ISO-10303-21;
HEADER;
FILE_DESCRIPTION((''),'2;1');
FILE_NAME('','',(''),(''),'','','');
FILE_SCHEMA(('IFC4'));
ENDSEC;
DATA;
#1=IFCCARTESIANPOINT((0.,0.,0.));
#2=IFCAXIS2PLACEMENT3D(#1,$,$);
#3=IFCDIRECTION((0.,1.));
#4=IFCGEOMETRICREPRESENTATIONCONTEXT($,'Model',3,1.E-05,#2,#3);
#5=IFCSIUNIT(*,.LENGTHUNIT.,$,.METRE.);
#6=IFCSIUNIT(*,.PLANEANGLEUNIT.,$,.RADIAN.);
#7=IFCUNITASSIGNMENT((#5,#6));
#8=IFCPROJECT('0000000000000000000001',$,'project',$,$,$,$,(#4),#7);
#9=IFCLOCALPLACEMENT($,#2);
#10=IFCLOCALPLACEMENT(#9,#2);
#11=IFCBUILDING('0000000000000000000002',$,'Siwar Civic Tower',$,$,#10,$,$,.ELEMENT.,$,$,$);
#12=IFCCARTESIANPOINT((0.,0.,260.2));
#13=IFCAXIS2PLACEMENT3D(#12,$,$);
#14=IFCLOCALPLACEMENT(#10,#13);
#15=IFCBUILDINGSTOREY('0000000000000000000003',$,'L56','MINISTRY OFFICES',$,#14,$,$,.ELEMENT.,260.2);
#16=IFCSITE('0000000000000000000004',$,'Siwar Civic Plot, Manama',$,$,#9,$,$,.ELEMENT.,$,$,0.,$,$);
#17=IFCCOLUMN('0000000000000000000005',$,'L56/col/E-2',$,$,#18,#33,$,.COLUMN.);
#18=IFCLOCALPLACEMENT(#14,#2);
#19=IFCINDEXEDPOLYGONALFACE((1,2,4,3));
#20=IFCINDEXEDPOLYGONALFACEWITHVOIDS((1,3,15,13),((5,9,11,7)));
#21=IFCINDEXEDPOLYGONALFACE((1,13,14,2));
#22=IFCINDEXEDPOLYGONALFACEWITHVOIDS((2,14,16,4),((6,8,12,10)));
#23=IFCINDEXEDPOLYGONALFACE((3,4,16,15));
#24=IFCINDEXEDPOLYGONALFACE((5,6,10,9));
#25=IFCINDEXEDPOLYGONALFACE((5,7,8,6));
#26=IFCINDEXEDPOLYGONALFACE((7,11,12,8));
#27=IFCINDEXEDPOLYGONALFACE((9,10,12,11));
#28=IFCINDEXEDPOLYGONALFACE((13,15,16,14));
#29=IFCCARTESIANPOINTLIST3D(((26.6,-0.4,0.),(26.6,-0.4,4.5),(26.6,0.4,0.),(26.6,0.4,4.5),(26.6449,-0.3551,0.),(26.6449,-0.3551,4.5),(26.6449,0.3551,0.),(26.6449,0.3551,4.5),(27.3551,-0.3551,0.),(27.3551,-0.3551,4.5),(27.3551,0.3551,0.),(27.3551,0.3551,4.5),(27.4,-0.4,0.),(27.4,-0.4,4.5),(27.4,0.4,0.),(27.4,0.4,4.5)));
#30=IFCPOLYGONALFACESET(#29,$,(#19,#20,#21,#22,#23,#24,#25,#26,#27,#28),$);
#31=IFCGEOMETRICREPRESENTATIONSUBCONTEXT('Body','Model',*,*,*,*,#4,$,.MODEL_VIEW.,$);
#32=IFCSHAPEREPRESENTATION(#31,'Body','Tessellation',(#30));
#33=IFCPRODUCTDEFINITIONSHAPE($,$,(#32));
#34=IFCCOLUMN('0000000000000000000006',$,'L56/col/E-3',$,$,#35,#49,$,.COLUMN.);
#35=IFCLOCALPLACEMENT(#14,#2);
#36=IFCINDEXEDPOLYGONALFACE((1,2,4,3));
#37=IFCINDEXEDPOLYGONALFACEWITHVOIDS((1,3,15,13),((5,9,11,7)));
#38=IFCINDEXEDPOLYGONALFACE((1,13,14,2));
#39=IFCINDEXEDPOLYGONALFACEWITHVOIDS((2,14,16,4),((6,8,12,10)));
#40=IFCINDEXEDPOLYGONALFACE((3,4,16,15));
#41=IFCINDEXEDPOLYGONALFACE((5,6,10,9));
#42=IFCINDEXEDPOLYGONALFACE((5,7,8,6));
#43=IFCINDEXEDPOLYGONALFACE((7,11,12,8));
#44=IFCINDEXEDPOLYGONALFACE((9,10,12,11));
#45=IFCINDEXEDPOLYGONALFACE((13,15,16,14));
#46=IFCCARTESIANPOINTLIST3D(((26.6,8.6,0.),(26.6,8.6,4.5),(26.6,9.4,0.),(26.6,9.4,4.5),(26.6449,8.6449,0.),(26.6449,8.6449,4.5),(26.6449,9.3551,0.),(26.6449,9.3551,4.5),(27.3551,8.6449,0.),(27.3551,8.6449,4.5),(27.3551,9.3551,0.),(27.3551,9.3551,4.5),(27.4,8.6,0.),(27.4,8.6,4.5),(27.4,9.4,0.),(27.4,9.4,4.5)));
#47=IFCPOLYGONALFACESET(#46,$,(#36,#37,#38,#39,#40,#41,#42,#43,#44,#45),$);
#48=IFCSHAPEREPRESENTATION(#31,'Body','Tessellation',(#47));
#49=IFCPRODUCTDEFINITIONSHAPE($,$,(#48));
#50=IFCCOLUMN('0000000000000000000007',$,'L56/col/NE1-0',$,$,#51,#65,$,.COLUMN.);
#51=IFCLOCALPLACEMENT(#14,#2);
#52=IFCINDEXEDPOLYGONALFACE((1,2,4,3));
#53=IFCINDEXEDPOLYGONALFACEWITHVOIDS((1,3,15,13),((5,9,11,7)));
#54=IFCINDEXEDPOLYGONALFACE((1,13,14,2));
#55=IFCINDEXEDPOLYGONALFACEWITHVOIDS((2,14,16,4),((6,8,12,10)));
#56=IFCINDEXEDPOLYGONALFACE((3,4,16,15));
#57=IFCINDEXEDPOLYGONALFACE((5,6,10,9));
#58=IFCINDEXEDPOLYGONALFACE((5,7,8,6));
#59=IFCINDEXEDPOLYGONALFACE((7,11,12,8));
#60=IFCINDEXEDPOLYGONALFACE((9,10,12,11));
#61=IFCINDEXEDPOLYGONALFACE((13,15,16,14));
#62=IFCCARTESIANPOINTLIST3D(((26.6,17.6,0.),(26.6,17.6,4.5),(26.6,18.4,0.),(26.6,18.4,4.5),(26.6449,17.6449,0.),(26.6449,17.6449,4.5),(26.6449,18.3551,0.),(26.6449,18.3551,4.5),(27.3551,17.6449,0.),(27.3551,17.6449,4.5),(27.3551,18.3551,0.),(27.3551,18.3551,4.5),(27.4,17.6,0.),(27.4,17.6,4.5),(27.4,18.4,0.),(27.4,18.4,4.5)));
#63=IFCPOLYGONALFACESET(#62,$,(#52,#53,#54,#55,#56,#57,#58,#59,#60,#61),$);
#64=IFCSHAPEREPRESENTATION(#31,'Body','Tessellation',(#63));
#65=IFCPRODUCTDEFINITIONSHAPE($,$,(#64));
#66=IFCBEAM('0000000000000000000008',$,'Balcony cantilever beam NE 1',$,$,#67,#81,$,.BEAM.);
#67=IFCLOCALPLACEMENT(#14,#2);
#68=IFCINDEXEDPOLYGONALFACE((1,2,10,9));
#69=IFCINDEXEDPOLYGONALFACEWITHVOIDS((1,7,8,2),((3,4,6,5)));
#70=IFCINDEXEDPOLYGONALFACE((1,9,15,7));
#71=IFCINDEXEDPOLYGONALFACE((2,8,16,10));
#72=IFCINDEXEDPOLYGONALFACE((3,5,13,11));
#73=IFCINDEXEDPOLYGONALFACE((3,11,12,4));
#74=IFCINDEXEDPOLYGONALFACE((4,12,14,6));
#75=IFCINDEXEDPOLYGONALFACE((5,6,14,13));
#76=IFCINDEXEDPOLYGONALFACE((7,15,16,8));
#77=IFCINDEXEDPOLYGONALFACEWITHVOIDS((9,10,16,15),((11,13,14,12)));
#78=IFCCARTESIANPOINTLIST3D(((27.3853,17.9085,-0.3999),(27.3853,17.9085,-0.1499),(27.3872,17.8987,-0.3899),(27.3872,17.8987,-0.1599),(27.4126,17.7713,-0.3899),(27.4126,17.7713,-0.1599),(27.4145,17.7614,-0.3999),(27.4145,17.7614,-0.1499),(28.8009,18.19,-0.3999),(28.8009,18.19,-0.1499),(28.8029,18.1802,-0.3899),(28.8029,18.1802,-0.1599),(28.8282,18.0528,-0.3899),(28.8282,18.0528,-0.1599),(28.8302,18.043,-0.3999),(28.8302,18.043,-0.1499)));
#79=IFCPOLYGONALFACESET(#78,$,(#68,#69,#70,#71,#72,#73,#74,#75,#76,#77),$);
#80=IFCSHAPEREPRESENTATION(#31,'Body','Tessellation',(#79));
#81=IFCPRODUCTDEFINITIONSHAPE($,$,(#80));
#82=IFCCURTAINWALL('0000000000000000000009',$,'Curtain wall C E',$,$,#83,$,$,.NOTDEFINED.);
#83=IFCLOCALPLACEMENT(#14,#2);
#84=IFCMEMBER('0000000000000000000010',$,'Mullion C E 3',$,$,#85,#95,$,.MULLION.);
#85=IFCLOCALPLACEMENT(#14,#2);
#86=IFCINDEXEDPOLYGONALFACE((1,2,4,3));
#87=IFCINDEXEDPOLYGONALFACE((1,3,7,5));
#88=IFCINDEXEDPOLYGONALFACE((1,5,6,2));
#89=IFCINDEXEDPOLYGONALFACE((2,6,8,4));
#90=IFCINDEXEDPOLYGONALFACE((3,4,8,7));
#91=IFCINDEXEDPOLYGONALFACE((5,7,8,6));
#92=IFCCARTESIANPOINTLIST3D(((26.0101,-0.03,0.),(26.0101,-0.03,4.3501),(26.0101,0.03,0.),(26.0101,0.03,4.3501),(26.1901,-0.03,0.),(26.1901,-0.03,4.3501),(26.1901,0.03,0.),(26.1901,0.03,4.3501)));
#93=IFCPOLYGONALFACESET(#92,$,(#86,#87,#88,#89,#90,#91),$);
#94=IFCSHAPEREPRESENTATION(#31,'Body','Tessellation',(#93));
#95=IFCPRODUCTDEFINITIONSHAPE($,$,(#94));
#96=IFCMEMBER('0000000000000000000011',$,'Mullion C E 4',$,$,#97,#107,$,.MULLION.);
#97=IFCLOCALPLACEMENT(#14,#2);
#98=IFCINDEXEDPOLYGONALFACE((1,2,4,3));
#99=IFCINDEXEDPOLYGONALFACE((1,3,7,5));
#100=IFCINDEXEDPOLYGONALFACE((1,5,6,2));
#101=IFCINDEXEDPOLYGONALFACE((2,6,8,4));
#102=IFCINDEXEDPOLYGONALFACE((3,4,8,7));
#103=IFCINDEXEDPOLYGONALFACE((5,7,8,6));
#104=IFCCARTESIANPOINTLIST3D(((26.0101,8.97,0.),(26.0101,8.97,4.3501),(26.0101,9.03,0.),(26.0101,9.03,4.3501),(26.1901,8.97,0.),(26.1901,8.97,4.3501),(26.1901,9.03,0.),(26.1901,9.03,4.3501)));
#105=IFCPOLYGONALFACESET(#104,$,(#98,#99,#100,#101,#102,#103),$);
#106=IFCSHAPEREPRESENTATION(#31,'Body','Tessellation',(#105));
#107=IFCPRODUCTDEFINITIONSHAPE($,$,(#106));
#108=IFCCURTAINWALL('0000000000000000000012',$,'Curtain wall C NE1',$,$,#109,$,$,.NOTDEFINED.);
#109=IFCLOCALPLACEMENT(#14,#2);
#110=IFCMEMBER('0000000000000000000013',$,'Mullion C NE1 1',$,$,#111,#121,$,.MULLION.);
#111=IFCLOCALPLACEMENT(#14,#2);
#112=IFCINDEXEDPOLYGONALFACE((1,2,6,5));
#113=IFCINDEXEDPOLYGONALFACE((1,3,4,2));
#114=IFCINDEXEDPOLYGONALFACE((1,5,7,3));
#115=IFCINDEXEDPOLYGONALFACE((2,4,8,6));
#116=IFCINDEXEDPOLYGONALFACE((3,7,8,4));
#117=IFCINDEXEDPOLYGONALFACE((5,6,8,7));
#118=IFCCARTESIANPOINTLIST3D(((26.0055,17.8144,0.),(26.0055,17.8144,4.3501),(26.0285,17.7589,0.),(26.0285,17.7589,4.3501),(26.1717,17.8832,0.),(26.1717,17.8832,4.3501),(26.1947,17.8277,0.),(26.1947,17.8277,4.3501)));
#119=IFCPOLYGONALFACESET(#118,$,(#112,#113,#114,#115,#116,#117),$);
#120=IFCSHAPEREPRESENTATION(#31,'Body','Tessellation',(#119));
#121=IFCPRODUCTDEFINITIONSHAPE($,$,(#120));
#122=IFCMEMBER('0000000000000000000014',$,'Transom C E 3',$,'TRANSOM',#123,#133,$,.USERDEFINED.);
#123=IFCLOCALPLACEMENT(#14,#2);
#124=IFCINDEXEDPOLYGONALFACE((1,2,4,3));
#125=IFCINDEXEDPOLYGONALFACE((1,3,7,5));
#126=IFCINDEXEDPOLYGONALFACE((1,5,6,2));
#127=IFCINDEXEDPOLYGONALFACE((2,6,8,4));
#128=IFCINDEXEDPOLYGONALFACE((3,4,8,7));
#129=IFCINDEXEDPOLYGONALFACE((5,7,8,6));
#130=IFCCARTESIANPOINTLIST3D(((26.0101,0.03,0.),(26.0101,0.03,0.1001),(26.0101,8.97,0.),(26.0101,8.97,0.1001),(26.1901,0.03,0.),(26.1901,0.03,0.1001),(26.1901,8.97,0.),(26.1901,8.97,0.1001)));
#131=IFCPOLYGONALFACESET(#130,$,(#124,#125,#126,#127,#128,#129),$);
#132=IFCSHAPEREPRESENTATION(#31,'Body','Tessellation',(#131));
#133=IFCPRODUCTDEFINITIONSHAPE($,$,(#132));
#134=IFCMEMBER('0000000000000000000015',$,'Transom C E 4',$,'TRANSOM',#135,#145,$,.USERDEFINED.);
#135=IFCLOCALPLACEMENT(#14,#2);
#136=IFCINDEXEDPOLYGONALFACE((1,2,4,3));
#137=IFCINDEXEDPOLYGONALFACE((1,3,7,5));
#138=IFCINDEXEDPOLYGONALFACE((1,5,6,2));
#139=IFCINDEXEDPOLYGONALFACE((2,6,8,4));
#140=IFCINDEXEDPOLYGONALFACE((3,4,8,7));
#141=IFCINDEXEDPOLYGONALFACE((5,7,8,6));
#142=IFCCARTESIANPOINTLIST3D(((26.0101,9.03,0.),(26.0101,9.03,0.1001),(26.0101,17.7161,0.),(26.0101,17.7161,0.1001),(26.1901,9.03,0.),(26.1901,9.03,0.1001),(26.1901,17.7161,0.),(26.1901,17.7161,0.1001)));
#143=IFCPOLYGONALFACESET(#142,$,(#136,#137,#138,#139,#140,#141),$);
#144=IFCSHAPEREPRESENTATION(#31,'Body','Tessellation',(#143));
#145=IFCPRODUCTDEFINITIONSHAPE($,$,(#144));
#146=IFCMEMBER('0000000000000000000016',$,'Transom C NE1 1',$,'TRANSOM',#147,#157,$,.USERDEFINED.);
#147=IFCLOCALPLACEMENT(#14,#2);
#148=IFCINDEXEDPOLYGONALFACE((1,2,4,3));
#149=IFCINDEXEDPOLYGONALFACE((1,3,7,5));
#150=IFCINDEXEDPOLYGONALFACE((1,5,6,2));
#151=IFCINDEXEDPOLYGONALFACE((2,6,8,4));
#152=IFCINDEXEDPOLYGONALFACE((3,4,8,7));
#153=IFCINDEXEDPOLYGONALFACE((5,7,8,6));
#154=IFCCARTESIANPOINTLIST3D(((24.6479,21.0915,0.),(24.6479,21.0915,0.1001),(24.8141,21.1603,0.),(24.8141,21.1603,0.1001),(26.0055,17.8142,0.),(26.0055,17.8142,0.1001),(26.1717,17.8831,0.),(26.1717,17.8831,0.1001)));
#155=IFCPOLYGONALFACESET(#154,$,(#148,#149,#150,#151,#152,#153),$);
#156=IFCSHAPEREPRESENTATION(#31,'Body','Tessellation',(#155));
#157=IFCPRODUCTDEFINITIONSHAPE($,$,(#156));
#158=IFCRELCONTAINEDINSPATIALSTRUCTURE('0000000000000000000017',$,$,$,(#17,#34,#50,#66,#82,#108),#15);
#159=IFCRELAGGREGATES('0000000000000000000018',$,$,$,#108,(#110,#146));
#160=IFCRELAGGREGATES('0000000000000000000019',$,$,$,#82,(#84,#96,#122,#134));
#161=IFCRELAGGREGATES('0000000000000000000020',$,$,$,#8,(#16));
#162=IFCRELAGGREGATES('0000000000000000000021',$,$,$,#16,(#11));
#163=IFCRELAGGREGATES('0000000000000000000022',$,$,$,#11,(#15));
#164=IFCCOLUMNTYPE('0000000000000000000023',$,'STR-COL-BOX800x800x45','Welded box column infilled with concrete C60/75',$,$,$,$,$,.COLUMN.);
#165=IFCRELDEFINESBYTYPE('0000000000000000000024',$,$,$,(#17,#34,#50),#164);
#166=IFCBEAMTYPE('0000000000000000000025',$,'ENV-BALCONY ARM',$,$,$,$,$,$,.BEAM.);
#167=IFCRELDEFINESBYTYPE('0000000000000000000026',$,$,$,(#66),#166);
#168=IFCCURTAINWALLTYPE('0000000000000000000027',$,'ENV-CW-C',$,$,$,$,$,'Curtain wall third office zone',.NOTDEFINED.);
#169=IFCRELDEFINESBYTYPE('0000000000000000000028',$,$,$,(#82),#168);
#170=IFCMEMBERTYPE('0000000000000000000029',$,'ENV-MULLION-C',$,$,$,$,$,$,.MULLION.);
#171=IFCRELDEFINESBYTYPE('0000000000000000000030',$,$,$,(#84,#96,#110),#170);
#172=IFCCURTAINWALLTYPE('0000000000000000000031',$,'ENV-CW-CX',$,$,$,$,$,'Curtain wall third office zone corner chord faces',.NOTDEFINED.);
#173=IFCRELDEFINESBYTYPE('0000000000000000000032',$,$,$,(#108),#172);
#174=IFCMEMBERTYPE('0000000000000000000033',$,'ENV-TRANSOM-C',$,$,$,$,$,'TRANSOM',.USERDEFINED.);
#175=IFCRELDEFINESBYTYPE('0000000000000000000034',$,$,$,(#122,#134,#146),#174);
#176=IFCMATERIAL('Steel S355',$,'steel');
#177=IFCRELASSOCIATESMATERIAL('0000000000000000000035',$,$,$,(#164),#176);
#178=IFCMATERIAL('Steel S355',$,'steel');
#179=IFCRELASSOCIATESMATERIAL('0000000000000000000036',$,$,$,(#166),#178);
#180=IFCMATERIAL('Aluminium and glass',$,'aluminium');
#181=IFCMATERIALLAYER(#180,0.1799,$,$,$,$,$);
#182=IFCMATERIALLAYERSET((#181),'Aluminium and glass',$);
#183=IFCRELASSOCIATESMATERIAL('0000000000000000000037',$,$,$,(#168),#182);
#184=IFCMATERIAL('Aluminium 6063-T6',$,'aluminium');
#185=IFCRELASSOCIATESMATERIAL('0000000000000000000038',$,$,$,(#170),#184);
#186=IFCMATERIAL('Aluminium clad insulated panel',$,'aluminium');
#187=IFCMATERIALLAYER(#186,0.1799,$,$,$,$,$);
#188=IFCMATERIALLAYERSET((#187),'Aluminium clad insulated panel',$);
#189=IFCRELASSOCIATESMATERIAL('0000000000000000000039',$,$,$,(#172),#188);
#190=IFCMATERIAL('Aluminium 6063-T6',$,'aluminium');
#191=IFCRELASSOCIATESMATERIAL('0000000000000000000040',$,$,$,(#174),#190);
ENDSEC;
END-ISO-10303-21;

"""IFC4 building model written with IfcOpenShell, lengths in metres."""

from ifc_helpers import new_model, si_unit, direction, frame, origin, origin_2d, place, context, subcontext, project, spatial, rectangle, hollow_rectangle, extrude, material, layer, layer_set, material_profile, profile_set, type_object, element, aggregate, save


model = new_model("IFC4")

# Units and contexts
model_context = context("Model", 3, precision=1e-05, world=origin(), true_north=direction((0.0, 1.0)))
body_context = subcontext(model_context, "Body", "Model", "MODEL_VIEW")
ifc_project = project(units=[si_unit("LENGTHUNIT", "METRE"), si_unit("PLANEANGLEUNIT", "RADIAN")], contexts=[model_context])

# Site, building, storey
site_placement = place(None, origin())
site = spatial("IfcSite", under=ifc_project, at=site_placement, Name="Siwar Civic Plot, Manama", CompositionType="ELEMENT", RefElevation=0.0)
building_placement = place(site_placement, origin())
building = spatial("IfcBuilding", under=site, at=building_placement, Name="Siwar Civic Tower", CompositionType="ELEMENT")
storey_placement = place(building_placement, frame((0.0, 0.0, 260.2)))
storey = spatial("IfcBuildingStorey", under=building, at=storey_placement, Name="L56", Description="MINISTRY OFFICES", CompositionType="ELEMENT", Elevation=260.2)

# Columns
ifc_material_1 = material(Name="Steel S355", Category="steel")
ifc_material_profile_1 = material_profile(ifc_material_1, hollow_rectangle(XDim=0.8, YDim=0.8, WallThickness=0.0449, at=origin_2d()), Name="BOX800x800x45")
ifc_profile_set_1 = profile_set([ifc_material_profile_1], Name="Steel S355")
column_type = type_object("IfcColumnType", Name="STR-COL-BOX800x800x45", Description="Welded box column infilled with concrete C60/75", PredefinedType="COLUMN", material=ifc_profile_set_1)
for number, where, z_axis, x_axis, name in (
    (1, (27.0, 0.0, 0.0), (0.0, 0.0, 1.0), (1.0, 0.0, 0.0), "L56/col/E-2"),
    (2, (27.0, 9.0, 0.0), (0.0, 0.0, 1.0), (1.0, 0.0, 0.0), "L56/col/E-3"),
    (3, (27.0, 18.0, 0.0), (0.0, 0.0, 1.0), (1.0, 0.0, 0.0), "L56/col/NE1-0"),
):
    element("IfcColumn", number, at=place(storey_placement, frame(where, z_axis=z_axis, x_axis=x_axis)), inside=storey, type_object=column_type, Name=name, PredefinedType="COLUMN", context=body_context, shape_type="SweptSolid", body=[
        extrude(hollow_rectangle(XDim=0.8, YDim=0.8, WallThickness=0.0449, at=origin_2d()), origin(), (0.0, 0.0, 1.0), 4.5),
    ])

# Beam
ifc_material_2 = material(Name="Steel S355", Category="steel")
ifc_material_profile_2 = material_profile(ifc_material_2, hollow_rectangle(XDim=0.1499, YDim=0.25, WallThickness=0.01, at=origin_2d()), Name="RHS250x150x10")
ifc_profile_set_2 = profile_set([ifc_material_profile_2], Name="Steel S355")
beam_type_1 = type_object("IfcBeamType", Name="ENV-BALCONY ARM", PredefinedType="BEAM", material=ifc_profile_set_2)
beam_1_placement = place(storey_placement, frame((27.3999, 17.835, -0.2749), z_axis=(0.980795, 0.195042, 0.0), x_axis=(-0.195042, 0.980795, 0.0)))
element("IfcBeam", 4, at=beam_1_placement, inside=storey, type_object=beam_type_1, Name="Balcony cantilever beam NE 1", PredefinedType="BEAM", context=body_context, shape_type="SweptSolid", body=[
    extrude(hollow_rectangle(XDim=0.1499, YDim=0.25, WallThickness=0.01, at=origin_2d()), origin(), (0.0, 0.0, 1.0), 1.4434),
])

# Curtain wall, members
ifc_material_3 = material(Name="Aluminium and glass", Category="aluminium")
ifc_layer_1 = layer(ifc_material_3, 0.1799)
ifc_layer_set_1 = layer_set([ifc_layer_1], Name="Aluminium and glass")
curtain_wall_type_1 = type_object("IfcCurtainWallType", Name="ENV-CW-C", ElementType="Curtain wall third office zone", PredefinedType="NOTDEFINED", material=ifc_layer_set_1)
curtain_wall_1_placement = place(storey_placement, origin())
curtain_wall_1 = element("IfcCurtainWall", 5, at=curtain_wall_1_placement, inside=storey, type_object=curtain_wall_type_1, Name="Curtain wall C E", PredefinedType="NOTDEFINED")
ifc_material_4 = material(Name="Aluminium 6063-T6", Category="aluminium")
ifc_material_profile_3 = material_profile(ifc_material_4, rectangle(XDim=0.1799, YDim=0.0601, at=origin_2d()), Name="AL 180x60")
ifc_profile_set_3 = profile_set([ifc_material_profile_3], Name="Aluminium 6063-T6")
member_type_1 = type_object("IfcMemberType", Name="ENV-MULLION-C", PredefinedType="MULLION", material=ifc_profile_set_3)
member_1_placement = place(storey_placement, frame((26.1001, 0.0, 0.0), z_axis=(0.0, 0.0, 1.0), x_axis=(-1.0, 0.0, 0.0)))
member_1 = element("IfcMember", 6, at=member_1_placement, type_object=member_type_1, Name="Mullion C E 3", PredefinedType="MULLION", context=body_context, shape_type="SweptSolid", body=[
    extrude(rectangle(XDim=0.1799, YDim=0.0601, at=origin_2d()), origin(), (0.0, 0.0, 1.0), 4.3501),
])
member_2_placement = place(storey_placement, frame((26.1001, 9.0, 0.0), z_axis=(0.0, 0.0, 1.0), x_axis=(-1.0, 0.0, 0.0)))
member_2 = element("IfcMember", 7, at=member_2_placement, type_object=member_type_1, Name="Mullion C E 4", PredefinedType="MULLION", context=body_context, shape_type="SweptSolid", body=[
    extrude(rectangle(XDim=0.1799, YDim=0.0601, at=origin_2d()), origin(), (0.0, 0.0, 1.0), 4.3501),
])

# Curtain wall, member
ifc_material_5 = material(Name="Aluminium clad insulated panel", Category="aluminium")
ifc_layer_2 = layer(ifc_material_5, 0.1799)
ifc_layer_set_2 = layer_set([ifc_layer_2], Name="Aluminium clad insulated panel")
curtain_wall_type_2 = type_object("IfcCurtainWallType", Name="ENV-CW-CX", ElementType="Curtain wall third office zone corner chord faces", PredefinedType="NOTDEFINED", material=ifc_layer_set_2)
curtain_wall_2_placement = place(storey_placement, origin())
curtain_wall_2 = element("IfcCurtainWall", 8, at=curtain_wall_2_placement, inside=storey, type_object=curtain_wall_type_2, Name="Curtain wall C NE1", PredefinedType="NOTDEFINED")
member_3_placement = place(storey_placement, frame((26.1001, 17.821, 0.0), z_axis=(0.0, 0.0, 1.0), x_axis=(-0.92388, -0.382683, 0.0)))
member_3 = element("IfcMember", 9, at=member_3_placement, type_object=member_type_1, Name="Mullion C NE1 1", PredefinedType="MULLION", context=body_context, shape_type="SweptSolid", body=[
    extrude(rectangle(XDim=0.1799, YDim=0.0601, at=origin_2d()), origin(), (0.0, 0.0, 1.0), 4.3501),
])

# Members
ifc_material_6 = material(Name="Aluminium 6063-T6", Category="aluminium")
ifc_material_profile_4 = material_profile(ifc_material_6, rectangle(XDim=0.1799, YDim=0.1001, at=origin_2d()), Name="AL 180x100")
ifc_profile_set_4 = profile_set([ifc_material_profile_4], Name="Aluminium 6063-T6")
member_type_2 = type_object("IfcMemberType", Name="ENV-TRANSOM-C", ElementType="TRANSOM", PredefinedType="USERDEFINED", material=ifc_profile_set_4)
member_4_placement = place(storey_placement, frame((26.1001, 0.03, 0.05), z_axis=(0.0, 1.0, 0.0), x_axis=(-1.0, 0.0, 0.0)))
member_4 = element("IfcMember", 10, at=member_4_placement, type_object=member_type_2, Name="Transom C E 3", ObjectType="TRANSOM", PredefinedType="USERDEFINED", context=body_context, shape_type="SweptSolid", body=[
    extrude(rectangle(XDim=0.1799, YDim=0.1001, at=origin_2d()), origin(), (0.0, 0.0, 1.0), 8.9399),
])
member_5_placement = place(storey_placement, frame((26.1001, 9.03, 0.05), z_axis=(0.0, 1.0, 0.0), x_axis=(-1.0, 0.0, 0.0)))
member_5 = element("IfcMember", 11, at=member_5_placement, type_object=member_type_2, Name="Transom C E 4", ObjectType="TRANSOM", PredefinedType="USERDEFINED", context=body_context, shape_type="SweptSolid", body=[
    extrude(rectangle(XDim=0.1799, YDim=0.1001, at=origin_2d()), origin(), (0.0, 0.0, 1.0), 8.686),
])
member_6_placement = place(storey_placement, frame((26.0886, 17.8486, 0.05), z_axis=(-0.382719, 0.923865, 0.0), x_axis=(-0.923865, -0.382719, 0.0)))
member_6 = element("IfcMember", 12, at=member_6_placement, type_object=member_type_2, Name="Transom C NE1 1", ObjectType="TRANSOM", PredefinedType="USERDEFINED", context=body_context, shape_type="SweptSolid", body=[
    extrude(rectangle(XDim=0.1799, YDim=0.1001, at=origin_2d()), origin(), (0.0, 0.0, 1.0), 3.5474),
])
aggregate(curtain_wall_2, [member_3, member_6])

aggregate(curtain_wall_1, [member_1, member_2, member_4, member_5])

save(model, "model.ifc")
